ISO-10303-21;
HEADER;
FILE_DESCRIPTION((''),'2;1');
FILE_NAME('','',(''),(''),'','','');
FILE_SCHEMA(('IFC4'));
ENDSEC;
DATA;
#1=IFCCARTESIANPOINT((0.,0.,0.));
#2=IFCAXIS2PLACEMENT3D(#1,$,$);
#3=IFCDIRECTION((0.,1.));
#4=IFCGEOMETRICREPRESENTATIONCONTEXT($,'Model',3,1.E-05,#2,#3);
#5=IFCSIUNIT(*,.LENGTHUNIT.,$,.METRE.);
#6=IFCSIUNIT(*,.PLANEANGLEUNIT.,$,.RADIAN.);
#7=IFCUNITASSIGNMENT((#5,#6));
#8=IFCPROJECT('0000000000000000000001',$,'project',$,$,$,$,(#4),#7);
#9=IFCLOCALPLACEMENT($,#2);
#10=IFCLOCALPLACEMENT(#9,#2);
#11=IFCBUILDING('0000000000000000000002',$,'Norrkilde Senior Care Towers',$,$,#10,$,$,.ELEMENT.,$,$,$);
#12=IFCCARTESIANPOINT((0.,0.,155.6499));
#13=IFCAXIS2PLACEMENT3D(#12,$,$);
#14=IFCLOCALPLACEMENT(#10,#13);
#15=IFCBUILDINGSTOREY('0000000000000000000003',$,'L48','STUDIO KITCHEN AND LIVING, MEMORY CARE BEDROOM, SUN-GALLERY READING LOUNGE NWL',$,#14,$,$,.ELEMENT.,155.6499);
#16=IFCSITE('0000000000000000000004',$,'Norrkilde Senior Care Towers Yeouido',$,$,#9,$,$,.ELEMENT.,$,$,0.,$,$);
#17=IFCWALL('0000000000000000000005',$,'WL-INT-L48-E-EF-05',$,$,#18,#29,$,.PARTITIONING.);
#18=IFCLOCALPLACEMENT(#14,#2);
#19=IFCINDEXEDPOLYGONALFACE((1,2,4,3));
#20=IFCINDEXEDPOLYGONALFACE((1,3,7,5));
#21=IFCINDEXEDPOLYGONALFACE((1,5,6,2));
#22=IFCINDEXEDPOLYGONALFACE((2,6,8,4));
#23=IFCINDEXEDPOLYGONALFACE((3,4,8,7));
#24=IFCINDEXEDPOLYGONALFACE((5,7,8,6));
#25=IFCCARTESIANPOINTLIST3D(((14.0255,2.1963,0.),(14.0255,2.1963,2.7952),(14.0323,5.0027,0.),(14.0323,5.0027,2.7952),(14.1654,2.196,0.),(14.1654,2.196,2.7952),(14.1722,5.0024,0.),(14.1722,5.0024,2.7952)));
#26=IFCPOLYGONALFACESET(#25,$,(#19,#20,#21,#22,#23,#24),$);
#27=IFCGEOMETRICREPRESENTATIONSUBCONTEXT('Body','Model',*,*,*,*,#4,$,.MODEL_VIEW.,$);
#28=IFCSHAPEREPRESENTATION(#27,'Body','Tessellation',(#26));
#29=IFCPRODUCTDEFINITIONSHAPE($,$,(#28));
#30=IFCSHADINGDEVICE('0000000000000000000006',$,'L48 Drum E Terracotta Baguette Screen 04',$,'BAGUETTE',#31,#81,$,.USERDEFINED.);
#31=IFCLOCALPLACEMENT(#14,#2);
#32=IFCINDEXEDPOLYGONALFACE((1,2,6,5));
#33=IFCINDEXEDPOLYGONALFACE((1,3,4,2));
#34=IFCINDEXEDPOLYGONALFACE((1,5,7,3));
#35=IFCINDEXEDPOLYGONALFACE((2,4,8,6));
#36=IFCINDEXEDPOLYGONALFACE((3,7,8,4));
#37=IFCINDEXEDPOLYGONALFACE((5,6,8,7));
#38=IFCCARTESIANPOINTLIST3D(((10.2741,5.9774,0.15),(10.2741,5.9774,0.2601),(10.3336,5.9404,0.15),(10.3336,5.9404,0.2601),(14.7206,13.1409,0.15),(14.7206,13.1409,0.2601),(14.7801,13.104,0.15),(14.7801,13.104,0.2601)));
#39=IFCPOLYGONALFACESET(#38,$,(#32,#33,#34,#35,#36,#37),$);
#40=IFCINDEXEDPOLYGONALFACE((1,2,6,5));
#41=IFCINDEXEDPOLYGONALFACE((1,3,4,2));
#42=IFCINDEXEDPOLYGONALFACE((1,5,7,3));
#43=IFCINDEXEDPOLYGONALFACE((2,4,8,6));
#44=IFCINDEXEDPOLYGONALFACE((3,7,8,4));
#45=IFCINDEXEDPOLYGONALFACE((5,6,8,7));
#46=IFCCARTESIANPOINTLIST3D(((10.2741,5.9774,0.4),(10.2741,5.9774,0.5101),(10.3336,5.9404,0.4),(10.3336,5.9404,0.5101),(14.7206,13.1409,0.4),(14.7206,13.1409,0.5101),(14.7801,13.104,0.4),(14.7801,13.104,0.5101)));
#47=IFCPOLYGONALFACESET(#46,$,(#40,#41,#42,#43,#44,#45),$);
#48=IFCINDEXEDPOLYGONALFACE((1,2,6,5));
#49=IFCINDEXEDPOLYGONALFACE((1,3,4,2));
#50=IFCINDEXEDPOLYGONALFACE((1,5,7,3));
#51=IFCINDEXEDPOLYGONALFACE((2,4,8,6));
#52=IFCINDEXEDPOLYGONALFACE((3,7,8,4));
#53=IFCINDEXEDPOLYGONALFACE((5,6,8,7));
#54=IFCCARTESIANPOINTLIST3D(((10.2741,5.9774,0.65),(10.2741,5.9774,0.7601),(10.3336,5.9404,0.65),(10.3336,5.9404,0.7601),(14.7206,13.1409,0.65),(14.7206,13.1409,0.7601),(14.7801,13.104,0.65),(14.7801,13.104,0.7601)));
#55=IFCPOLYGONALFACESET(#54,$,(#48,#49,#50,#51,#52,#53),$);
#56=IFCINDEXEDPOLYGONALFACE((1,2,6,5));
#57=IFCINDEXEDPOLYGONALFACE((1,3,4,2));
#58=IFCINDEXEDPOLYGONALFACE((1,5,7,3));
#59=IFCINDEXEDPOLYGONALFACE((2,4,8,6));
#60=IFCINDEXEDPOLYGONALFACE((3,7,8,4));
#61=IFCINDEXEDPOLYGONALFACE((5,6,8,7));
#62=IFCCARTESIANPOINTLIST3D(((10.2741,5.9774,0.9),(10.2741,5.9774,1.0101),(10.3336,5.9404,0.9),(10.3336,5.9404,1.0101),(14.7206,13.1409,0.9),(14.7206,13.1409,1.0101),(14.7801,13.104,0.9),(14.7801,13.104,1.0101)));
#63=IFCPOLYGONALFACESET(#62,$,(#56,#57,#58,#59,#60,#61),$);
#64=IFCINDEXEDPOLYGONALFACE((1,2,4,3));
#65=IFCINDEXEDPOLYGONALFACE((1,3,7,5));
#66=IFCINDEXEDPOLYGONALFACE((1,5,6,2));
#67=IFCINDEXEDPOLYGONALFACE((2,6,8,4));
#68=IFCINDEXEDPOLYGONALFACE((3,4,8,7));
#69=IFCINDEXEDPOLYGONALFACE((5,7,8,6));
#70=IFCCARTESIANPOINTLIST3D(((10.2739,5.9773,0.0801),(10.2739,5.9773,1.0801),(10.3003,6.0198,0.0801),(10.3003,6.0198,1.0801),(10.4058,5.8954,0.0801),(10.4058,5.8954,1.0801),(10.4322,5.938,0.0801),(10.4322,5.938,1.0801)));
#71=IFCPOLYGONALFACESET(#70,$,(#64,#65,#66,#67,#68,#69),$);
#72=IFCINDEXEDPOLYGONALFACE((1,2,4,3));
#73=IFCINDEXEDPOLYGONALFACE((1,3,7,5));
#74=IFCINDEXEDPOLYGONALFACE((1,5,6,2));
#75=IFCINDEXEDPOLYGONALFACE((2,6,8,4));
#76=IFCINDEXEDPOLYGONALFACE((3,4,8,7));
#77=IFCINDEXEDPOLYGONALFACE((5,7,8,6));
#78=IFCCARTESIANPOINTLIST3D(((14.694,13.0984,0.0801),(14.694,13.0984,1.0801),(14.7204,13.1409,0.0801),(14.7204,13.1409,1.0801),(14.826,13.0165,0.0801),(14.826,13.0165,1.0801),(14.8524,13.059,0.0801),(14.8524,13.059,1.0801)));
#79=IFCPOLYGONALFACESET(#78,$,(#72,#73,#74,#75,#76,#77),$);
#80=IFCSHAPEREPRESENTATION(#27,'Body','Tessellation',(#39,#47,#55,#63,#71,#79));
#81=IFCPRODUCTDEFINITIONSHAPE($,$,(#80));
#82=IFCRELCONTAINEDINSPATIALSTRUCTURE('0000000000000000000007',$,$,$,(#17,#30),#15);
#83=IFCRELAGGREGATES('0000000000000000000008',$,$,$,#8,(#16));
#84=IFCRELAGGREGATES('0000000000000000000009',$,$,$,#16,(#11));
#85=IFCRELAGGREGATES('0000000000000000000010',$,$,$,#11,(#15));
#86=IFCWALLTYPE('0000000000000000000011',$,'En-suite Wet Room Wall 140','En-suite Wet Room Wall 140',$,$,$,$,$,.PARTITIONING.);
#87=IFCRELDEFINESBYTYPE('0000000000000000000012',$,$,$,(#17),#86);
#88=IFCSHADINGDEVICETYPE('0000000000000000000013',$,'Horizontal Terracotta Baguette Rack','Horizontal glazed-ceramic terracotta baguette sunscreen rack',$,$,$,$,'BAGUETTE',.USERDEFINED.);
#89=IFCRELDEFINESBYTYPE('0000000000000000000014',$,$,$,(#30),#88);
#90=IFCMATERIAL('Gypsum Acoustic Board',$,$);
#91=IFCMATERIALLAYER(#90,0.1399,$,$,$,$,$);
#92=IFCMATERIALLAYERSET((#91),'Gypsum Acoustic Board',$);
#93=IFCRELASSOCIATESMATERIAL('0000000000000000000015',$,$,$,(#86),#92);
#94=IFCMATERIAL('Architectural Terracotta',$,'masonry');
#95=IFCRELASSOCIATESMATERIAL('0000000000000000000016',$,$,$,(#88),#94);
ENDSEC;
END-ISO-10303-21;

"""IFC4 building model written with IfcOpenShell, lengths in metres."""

from ifc_helpers import new_model, si_unit, direction, frame, frame_2d, origin, origin_2d, place, context, subcontext, project, spatial, rectangle, extrude, source, transform, mapped, material, layer, layer_set, type_object, type_shapes, element, save


model = new_model("IFC4")

# Units and contexts
model_context = context("Model", 3, precision=1e-05, world=origin(), true_north=direction((0.0, 1.0)))
body_context = subcontext(model_context, "Body", "Model", "MODEL_VIEW")
ifc_project = project(units=[si_unit("LENGTHUNIT", "METRE"), si_unit("PLANEANGLEUNIT", "RADIAN")], contexts=[model_context])

# Site, building, storey
site_placement = place(None, origin())
site = spatial("IfcSite", under=ifc_project, at=site_placement, Name="Norrkilde Senior Care Towers Yeouido", CompositionType="ELEMENT", RefElevation=0.0)
building_placement = place(site_placement, origin())
building = spatial("IfcBuilding", under=site, at=building_placement, Name="Norrkilde Senior Care Towers", CompositionType="ELEMENT")
storey_placement = place(building_placement, frame((0.0, 0.0, 155.6499)))
storey = spatial("IfcBuildingStorey", under=building, at=storey_placement, Name="L48", Description="STUDIO KITCHEN AND LIVING, MEMORY CARE BEDROOM, SUN-GALLERY READING LOUNGE NWL", CompositionType="ELEMENT", Elevation=155.6499)

# Shared definitions
ifc_material_1 = material(Name="Gypsum Acoustic Board")

# Shared definitions
ifc_layer_1 = layer(ifc_material_1, 0.1399)
ifc_layer_set_1 = layer_set([ifc_layer_1], Name="Gypsum Acoustic Board")
wall_type_1 = type_object("IfcWallType", Name="En-suite Wet Room Wall 140", Description="En-suite Wet Room Wall 140", PredefinedType="PARTITIONING", material=ifc_layer_set_1)

# Wall
shared_shape_1 = source(origin(), body_context, "Body", "SweptSolid", [
    extrude(rectangle(XDim=2.8064, YDim=0.1399, at=frame_2d((1.4033, 0.0))), origin(), (0.0, 0.0, 1.0), 2.7952),
])
wall_1_placement = place(storey_placement, frame((14.0955, 2.196, 0.0), z_axis=(0.0, 0.0, 1.0), x_axis=(0.002436, 0.999997, 0.0)))
element("IfcWall", 1, at=wall_1_placement, inside=storey, type_object=wall_type_1, Name="WL-INT-L48-E-EF-05", PredefinedType="PARTITIONING", context=body_context, shape_type="MappedRepresentation", body=[
    mapped(shared_shape_1, transform((0.0, 0.0, 0.0), x_axis=(1.0, 0.0, 0.0), y_axis=(0.0, 1.0, 0.0), z_axis=(0.0, 0.0, 1.0), scale=1.0)),
])

# Shading device
ifc_material_2 = material(Name="Architectural Terracotta", Category="masonry")
shading_device_type = type_object("IfcShadingDeviceType", Name="Horizontal Terracotta Baguette Rack", Description="Horizontal glazed-ceramic terracotta baguette sunscreen rack", ElementType="BAGUETTE", PredefinedType="USERDEFINED", material=ifc_material_2)
shared_shape_2 = source(origin(), body_context, "Body", "SweptSolid", [
    extrude(rectangle(XDim=0.0701, YDim=0.1101, at=origin_2d()), frame((0.0, 0.0901, 0.125), z_axis=(1.0, 0.0, 0.0), x_axis=(0.0, 1.0, 0.0)), (0.0, 0.0, 1.0), 8.4314),
    extrude(rectangle(XDim=0.0701, YDim=0.1101, at=origin_2d()), frame((0.0, 0.0901, 0.375), z_axis=(1.0, 0.0, 0.0), x_axis=(0.0, 1.0, 0.0)), (0.0, 0.0, 1.0), 8.4314),
    extrude(rectangle(XDim=0.0701, YDim=0.1101, at=origin_2d()), frame((0.0, 0.0901, 0.625), z_axis=(1.0, 0.0, 0.0), x_axis=(0.0, 1.0, 0.0)), (0.0, 0.0, 1.0), 8.4314),
    extrude(rectangle(XDim=0.0701, YDim=0.1101, at=origin_2d()), frame((0.0, 0.0901, 0.875), z_axis=(1.0, 0.0, 0.0), x_axis=(0.0, 1.0, 0.0)), (0.0, 0.0, 1.0), 8.4314),
    extrude(rectangle(XDim=0.05, YDim=0.1553, at=origin_2d()), frame((0.0249, 0.0476, 0.0)), (0.0, 0.0, 1.0), 1.0),
    extrude(rectangle(XDim=0.05, YDim=0.1553, at=origin_2d()), frame((8.4062, 0.0476, 0.0)), (0.0, 0.0, 1.0), 1.0),
])
type_shapes(shading_device_type, [shared_shape_2])
shading_device_placement = place(storey_placement, frame((10.3804, 5.9114, 0.0801), z_axis=(0.0, 0.0, 1.0), x_axis=(0.527378, 0.849631, 0.0)))
element("IfcShadingDevice", 2, at=shading_device_placement, inside=storey, type_object=shading_device_type, Name="L48 Drum E Terracotta Baguette Screen 04", ObjectType="BAGUETTE", PredefinedType="USERDEFINED", context=body_context, shape_type="MappedRepresentation", body=[
    mapped(shared_shape_2, transform((0.0, 0.0, 0.0), x_axis=(1.0, 0.0, 0.0), y_axis=(0.0, 1.0, 0.0), z_axis=(0.0, 0.0, 1.0), scale=1.0)),
])

save(model, "model.ifc")
